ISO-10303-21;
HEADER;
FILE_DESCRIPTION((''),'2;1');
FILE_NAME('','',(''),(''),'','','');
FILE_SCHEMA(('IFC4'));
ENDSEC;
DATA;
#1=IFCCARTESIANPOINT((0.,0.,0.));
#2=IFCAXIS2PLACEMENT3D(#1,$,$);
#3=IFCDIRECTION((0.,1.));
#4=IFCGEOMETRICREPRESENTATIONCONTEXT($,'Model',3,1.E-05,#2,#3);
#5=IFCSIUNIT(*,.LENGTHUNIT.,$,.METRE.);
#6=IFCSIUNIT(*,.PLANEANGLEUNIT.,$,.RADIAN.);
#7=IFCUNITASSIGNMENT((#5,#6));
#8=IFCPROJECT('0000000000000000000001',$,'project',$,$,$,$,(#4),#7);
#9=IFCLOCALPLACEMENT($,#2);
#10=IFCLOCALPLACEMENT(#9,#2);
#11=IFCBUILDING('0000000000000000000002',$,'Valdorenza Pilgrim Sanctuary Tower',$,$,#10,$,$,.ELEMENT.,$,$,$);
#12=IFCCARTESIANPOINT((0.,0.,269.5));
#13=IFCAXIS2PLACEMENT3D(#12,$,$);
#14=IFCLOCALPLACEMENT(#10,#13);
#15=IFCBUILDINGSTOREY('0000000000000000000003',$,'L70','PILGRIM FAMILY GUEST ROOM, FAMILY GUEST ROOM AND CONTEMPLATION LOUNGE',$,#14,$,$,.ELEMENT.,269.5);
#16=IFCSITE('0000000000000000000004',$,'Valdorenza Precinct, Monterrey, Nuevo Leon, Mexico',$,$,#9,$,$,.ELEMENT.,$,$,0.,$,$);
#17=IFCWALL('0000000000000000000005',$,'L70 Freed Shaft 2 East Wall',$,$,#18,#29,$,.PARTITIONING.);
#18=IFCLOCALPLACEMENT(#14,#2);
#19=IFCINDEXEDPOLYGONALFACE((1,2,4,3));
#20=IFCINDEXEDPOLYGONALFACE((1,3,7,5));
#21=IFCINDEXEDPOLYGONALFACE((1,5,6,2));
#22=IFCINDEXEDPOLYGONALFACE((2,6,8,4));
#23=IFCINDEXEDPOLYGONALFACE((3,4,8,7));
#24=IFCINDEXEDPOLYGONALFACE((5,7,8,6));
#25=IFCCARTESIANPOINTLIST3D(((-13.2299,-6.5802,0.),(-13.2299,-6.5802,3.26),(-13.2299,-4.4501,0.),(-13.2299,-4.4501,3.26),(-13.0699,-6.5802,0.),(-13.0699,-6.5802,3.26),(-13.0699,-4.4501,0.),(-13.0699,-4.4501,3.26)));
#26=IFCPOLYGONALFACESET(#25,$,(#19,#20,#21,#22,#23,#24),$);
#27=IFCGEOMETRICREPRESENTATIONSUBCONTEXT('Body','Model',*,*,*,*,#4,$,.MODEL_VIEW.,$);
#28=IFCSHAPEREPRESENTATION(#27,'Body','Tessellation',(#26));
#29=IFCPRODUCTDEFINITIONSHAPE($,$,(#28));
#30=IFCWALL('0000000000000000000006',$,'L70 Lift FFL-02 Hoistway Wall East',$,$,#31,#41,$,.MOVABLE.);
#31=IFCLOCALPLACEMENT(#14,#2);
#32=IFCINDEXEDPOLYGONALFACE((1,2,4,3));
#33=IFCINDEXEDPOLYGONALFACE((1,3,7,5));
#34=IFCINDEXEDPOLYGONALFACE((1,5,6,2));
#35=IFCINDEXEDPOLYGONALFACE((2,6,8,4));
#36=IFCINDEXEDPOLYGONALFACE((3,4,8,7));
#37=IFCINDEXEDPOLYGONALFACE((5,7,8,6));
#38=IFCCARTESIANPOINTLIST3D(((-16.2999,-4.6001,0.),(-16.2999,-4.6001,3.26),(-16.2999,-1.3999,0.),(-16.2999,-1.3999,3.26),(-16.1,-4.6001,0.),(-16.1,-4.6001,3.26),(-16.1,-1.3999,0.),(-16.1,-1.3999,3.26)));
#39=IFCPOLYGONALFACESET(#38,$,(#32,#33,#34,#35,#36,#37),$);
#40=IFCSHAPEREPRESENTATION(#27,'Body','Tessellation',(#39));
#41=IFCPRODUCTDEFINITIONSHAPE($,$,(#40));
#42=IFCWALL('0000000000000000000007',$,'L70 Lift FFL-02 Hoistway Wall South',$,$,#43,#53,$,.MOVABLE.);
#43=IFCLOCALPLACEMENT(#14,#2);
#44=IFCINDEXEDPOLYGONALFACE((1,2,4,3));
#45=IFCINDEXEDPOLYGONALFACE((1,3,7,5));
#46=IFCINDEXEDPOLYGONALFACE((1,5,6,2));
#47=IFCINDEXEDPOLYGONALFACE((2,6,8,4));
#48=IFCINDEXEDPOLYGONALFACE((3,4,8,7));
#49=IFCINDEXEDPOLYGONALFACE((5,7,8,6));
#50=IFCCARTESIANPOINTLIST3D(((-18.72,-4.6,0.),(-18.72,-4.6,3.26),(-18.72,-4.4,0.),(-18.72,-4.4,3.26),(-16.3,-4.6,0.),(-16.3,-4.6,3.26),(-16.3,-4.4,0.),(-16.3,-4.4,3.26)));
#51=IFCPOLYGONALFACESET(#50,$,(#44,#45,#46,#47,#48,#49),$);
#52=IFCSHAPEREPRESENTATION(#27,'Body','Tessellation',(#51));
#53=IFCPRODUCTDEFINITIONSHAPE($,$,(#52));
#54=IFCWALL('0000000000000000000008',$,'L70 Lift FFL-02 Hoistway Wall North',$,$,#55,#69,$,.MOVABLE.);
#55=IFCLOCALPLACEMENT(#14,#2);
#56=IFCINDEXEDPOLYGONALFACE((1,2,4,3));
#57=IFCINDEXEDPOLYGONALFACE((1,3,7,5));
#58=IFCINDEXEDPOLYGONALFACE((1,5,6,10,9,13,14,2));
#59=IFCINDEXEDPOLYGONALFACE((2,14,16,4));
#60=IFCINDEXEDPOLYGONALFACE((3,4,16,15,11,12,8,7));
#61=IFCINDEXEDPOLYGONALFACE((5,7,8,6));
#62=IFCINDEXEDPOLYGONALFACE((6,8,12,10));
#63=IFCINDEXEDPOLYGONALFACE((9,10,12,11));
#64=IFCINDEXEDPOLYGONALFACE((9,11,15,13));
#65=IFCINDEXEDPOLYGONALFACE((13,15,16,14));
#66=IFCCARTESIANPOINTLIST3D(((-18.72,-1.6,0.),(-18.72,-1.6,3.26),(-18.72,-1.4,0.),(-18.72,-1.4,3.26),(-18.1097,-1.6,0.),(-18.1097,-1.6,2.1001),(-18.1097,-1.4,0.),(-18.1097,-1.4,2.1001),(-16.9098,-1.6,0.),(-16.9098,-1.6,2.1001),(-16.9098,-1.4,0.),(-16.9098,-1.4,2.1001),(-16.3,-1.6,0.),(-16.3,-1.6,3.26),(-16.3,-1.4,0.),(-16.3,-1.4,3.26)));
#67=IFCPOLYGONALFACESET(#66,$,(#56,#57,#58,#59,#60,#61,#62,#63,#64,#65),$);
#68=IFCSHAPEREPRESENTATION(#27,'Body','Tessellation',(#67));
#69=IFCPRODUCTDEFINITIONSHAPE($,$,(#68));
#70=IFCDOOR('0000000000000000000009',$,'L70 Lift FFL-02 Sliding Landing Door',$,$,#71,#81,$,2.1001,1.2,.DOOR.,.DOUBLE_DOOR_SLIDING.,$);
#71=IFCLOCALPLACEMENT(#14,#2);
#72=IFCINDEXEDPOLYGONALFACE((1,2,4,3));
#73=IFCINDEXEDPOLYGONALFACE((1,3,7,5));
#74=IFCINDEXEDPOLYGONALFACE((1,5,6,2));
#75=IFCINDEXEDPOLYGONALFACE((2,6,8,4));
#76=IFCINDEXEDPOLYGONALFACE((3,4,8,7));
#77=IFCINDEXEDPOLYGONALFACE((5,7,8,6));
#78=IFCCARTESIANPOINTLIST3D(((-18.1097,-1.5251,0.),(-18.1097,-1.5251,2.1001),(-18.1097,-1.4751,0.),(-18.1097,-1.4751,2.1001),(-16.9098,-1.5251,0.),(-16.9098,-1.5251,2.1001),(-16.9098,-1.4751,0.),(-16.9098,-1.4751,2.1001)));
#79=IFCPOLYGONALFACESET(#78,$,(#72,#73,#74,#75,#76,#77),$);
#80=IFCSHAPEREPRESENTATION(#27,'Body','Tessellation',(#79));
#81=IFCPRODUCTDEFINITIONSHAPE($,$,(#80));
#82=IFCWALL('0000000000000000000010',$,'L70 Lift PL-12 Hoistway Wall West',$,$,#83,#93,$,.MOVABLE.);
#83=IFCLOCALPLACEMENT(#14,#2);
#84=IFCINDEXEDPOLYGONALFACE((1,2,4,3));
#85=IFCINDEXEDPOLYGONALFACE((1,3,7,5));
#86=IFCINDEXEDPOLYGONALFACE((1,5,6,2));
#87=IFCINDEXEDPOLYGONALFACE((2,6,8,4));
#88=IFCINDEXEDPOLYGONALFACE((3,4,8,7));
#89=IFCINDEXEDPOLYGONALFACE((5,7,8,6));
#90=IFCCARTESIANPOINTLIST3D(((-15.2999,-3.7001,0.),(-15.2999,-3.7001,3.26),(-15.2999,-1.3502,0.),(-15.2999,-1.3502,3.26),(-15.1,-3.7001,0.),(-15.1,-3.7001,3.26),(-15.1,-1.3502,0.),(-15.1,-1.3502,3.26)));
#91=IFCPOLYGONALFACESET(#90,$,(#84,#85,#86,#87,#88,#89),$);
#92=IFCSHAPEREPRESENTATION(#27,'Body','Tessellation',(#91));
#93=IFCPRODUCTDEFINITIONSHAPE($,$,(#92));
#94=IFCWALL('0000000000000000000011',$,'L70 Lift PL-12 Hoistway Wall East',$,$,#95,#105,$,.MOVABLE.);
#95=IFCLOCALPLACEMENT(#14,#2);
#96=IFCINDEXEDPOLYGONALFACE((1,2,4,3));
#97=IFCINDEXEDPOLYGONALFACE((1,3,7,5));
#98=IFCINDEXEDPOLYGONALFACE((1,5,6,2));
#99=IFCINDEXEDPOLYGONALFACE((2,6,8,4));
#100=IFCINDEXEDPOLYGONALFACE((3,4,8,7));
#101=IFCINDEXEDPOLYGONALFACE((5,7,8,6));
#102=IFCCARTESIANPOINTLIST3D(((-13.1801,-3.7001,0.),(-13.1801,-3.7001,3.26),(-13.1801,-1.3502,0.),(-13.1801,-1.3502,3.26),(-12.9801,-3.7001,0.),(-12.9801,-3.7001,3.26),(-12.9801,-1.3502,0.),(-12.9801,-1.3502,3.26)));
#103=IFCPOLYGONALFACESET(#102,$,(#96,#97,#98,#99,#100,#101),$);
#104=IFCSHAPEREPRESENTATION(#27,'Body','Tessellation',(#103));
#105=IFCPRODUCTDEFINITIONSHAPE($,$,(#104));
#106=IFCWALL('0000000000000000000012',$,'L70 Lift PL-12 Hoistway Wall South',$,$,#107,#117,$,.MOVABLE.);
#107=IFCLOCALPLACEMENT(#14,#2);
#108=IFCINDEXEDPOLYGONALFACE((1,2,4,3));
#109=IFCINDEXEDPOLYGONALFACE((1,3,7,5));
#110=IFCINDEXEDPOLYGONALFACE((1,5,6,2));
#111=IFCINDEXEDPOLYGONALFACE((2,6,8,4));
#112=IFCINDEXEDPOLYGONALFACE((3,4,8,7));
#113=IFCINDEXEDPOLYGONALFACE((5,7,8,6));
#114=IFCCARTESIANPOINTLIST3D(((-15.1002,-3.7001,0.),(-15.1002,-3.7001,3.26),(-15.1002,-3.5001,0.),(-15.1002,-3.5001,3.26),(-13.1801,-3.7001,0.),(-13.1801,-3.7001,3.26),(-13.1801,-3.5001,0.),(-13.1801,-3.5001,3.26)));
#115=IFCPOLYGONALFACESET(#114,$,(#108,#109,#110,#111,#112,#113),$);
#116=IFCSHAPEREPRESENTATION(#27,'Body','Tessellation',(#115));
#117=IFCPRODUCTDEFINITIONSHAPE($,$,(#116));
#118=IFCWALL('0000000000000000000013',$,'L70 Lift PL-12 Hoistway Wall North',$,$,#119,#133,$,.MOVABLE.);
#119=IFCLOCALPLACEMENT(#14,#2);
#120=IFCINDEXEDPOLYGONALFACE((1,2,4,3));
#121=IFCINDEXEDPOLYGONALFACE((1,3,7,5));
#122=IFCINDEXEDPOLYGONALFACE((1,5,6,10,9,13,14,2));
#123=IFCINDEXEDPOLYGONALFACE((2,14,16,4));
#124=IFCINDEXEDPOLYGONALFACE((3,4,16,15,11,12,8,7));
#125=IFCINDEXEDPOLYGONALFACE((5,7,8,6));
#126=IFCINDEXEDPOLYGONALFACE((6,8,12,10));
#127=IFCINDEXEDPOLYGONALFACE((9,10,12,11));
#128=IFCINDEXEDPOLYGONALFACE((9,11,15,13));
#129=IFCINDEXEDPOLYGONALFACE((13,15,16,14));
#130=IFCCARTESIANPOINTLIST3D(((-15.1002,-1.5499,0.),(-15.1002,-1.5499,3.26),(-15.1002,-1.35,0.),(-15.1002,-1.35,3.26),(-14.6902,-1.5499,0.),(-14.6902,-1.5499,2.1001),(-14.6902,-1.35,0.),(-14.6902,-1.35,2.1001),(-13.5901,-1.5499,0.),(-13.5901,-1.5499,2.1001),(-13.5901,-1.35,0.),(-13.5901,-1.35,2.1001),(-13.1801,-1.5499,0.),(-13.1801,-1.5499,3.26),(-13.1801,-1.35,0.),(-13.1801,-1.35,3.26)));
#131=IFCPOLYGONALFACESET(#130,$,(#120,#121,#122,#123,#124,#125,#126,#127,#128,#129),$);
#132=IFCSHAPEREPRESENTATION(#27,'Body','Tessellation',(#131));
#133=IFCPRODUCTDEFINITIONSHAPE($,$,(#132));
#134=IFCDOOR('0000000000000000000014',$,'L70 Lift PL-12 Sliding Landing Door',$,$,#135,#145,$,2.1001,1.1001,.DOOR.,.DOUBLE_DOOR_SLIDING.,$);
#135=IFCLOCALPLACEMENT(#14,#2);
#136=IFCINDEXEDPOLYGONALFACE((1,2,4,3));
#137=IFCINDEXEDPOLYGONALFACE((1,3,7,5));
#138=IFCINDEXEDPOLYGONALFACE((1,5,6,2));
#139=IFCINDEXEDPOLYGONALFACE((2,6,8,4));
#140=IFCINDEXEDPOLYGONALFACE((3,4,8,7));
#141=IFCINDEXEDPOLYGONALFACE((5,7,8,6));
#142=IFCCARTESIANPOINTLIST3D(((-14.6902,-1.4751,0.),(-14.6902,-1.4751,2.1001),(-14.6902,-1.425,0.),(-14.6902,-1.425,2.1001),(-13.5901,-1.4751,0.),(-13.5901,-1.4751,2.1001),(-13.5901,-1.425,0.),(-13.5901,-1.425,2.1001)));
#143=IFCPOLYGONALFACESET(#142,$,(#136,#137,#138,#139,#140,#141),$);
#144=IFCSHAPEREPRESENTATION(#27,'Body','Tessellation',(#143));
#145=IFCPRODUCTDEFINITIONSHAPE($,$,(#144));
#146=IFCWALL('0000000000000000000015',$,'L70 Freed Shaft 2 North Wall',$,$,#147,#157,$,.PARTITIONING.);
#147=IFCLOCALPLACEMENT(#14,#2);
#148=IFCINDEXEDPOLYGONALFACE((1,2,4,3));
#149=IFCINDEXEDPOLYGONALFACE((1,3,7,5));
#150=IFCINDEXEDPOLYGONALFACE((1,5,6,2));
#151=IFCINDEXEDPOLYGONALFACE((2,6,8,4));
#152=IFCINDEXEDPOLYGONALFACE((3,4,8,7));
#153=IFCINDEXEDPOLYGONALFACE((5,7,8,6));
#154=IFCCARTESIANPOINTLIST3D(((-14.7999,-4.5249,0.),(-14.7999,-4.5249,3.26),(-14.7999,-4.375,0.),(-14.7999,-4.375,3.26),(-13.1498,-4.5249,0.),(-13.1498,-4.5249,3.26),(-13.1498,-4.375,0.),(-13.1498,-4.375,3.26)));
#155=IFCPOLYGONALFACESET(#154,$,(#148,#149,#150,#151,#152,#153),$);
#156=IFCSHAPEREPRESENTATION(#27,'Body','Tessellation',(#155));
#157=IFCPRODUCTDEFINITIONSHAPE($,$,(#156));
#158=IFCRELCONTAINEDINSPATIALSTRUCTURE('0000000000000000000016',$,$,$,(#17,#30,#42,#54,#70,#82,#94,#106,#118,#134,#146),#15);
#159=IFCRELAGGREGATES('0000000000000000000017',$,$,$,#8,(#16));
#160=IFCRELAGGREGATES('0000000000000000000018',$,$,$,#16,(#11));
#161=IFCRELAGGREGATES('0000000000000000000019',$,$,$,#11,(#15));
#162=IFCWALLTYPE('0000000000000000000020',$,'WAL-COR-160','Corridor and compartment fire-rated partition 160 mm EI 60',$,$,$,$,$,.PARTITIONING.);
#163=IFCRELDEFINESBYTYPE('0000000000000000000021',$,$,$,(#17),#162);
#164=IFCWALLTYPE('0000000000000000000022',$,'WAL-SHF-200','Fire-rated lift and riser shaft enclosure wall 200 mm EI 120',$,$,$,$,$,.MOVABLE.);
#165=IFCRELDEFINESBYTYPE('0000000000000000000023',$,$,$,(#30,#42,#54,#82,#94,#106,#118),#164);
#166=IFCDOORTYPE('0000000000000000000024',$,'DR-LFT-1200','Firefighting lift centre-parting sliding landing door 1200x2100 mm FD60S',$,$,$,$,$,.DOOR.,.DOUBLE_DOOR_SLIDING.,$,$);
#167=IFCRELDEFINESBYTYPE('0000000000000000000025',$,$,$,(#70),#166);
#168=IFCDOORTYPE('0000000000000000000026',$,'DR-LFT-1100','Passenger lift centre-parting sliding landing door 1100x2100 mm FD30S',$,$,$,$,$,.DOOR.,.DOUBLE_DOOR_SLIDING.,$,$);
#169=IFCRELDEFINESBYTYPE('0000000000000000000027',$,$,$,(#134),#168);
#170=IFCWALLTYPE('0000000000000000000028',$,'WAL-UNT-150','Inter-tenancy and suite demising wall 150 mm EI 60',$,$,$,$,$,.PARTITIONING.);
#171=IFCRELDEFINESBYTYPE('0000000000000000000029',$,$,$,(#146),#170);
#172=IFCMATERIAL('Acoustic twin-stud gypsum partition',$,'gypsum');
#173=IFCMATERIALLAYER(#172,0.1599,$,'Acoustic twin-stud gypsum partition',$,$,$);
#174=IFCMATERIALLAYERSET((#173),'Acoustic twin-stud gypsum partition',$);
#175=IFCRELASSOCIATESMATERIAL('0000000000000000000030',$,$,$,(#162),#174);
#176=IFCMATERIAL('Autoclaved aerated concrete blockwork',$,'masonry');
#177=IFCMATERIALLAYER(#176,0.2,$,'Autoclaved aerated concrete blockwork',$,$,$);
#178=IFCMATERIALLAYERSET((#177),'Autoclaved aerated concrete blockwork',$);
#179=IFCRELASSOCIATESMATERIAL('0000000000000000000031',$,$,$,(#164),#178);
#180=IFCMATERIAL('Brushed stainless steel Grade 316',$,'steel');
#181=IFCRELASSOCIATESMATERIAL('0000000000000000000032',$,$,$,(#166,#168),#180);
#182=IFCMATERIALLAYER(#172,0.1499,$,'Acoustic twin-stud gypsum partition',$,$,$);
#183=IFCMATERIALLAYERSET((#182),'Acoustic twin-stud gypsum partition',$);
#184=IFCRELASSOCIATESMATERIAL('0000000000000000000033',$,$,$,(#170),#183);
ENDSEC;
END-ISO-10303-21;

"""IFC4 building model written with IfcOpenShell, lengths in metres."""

from ifc_helpers import new_model, si_unit, direction, frame, frame_2d, origin, place, context, subcontext, project, spatial, rectangle, extrude, material, layer, layer_set, type_object, element, fill, save


model = new_model("IFC4")

# Units and contexts
model_context = context("Model", 3, precision=1e-05, world=origin(), true_north=direction((0.0, 1.0)))
body_context = subcontext(model_context, "Body", "Model", "MODEL_VIEW")
ifc_project = project(units=[si_unit("LENGTHUNIT", "METRE"), si_unit("PLANEANGLEUNIT", "RADIAN")], contexts=[model_context])

# Site, building, storey
site_placement = place(None, origin())
site = spatial("IfcSite", under=ifc_project, at=site_placement, Name="Valdorenza Precinct, Monterrey, Nuevo Leon, Mexico", CompositionType="ELEMENT", RefElevation=0.0)
building_placement = place(site_placement, origin())
building = spatial("IfcBuilding", under=site, at=building_placement, Name="Valdorenza Pilgrim Sanctuary Tower", CompositionType="ELEMENT")
storey_placement = place(building_placement, frame((0.0, 0.0, 269.5)))
storey = spatial("IfcBuildingStorey", under=building, at=storey_placement, Name="L70", Description="PILGRIM FAMILY GUEST ROOM, FAMILY GUEST ROOM AND CONTEMPLATION LOUNGE", CompositionType="ELEMENT", Elevation=269.5)

# Wall
ifc_material_1 = material(Name="Acoustic twin-stud gypsum partition", Category="gypsum")
ifc_layer_1 = layer(ifc_material_1, 0.1599, Name="Acoustic twin-stud gypsum partition")
ifc_layer_set_1 = layer_set([ifc_layer_1], Name="Acoustic twin-stud gypsum partition")
wall_type_1 = type_object("IfcWallType", Name="WAL-COR-160", Description="Corridor and compartment fire-rated partition 160 mm EI 60", PredefinedType="PARTITIONING", material=ifc_layer_set_1)
wall_1_placement = place(storey_placement, frame((-13.1499, -6.5801, 0.0), z_axis=(0.0, 0.0, 1.0), x_axis=(0.0, 1.0, 0.0)))
element("IfcWall", 1, at=wall_1_placement, inside=storey, type_object=wall_type_1, Name="L70 Freed Shaft 2 East Wall", PredefinedType="PARTITIONING", context=body_context, shape_type="SweptSolid", body=[
    extrude(rectangle(XDim=2.1301, YDim=0.1599, at=frame_2d((1.0649, 0.0))), origin(), (0.0, 0.0, 1.0), 3.26),
])

# Walls
ifc_material_2 = material(Name="Autoclaved aerated concrete blockwork", Category="masonry")
ifc_layer_2 = layer(ifc_material_2, 0.2, Name="Autoclaved aerated concrete blockwork")
ifc_layer_set_2 = layer_set([ifc_layer_2], Name="Autoclaved aerated concrete blockwork")
wall_type_2 = type_object("IfcWallType", Name="WAL-SHF-200", Description="Fire-rated lift and riser shaft enclosure wall 200 mm EI 120", PredefinedType="MOVABLE", material=ifc_layer_set_2)
wall_2_placement = place(storey_placement, frame((-16.2, -4.6001, 0.0), z_axis=(0.0, 0.0, 1.0), x_axis=(0.0, 1.0, 0.0)))
element("IfcWall", 2, at=wall_2_placement, inside=storey, type_object=wall_type_2, Name="L70 Lift FFL-02 Hoistway Wall East", PredefinedType="MOVABLE", context=body_context, shape_type="SweptSolid", body=[
    extrude(rectangle(XDim=3.2002, YDim=0.2, at=frame_2d((1.6001, 0.0))), origin(), (0.0, 0.0, 1.0), 3.26),
])
wall_3_placement = place(storey_placement, frame((-18.72, -4.5, 0.0), z_axis=(0.0, 0.0, 1.0), x_axis=(1.0, 0.0, 0.0)))
element("IfcWall", 3, at=wall_3_placement, inside=storey, type_object=wall_type_2, Name="L70 Lift FFL-02 Hoistway Wall South", PredefinedType="MOVABLE", context=body_context, shape_type="SweptSolid", body=[
    extrude(rectangle(XDim=2.4199, YDim=0.2, at=frame_2d((1.21, 0.0))), origin(), (0.0, 0.0, 1.0), 3.26),
])

# Wall, opening, door
wall_4_placement = place(storey_placement, frame((-18.72, -1.5, 0.0), z_axis=(0.0, 0.0, 1.0), x_axis=(1.0, 0.0, 0.0)))
wall_4 = element("IfcWall", 4, at=wall_4_placement, inside=storey, type_object=wall_type_2, Name="L70 Lift FFL-02 Hoistway Wall North", PredefinedType="MOVABLE", context=body_context, shape_type="SweptSolid", body=[
    extrude(rectangle(XDim=2.4199, YDim=0.2, at=frame_2d((1.21, 0.0))), origin(), (0.0, 0.0, 1.0), 3.26),
])
opening_1_placement = place(wall_4_placement, frame((0.6101, 0.0, 0.0)))
opening_1 = element("IfcOpeningElement", 5, at=opening_1_placement, cuts=wall_4, PredefinedType="OPENING", context=body_context, shape_type="SweptSolid", body=[
    extrude(rectangle(XDim=1.2, YDim=2.1001, at=frame_2d((0.6001, 1.05))), frame((0.0, 0.1147, 0.0), z_axis=(0.0, -1.0, 0.0), x_axis=(1.0, 0.0, 0.0)), (0.0, 0.0, 1.0), 0.2297),
])
ifc_material_3 = material(Name="Brushed stainless steel Grade 316", Category="steel")
door_type_1 = type_object("IfcDoorType", Name="DR-LFT-1200", Description="Firefighting lift centre-parting sliding landing door 1200x2100 mm FD60S", OperationType="DOUBLE_DOOR_SLIDING", PredefinedType="DOOR", material=ifc_material_3)
door_1_placement = place(opening_1_placement, origin())
door_1 = element("IfcDoor", 6, at=door_1_placement, inside=storey, type_object=door_type_1, Name="L70 Lift FFL-02 Sliding Landing Door", OperationType="DOUBLE_DOOR_SLIDING", OverallHeight=2.1001, OverallWidth=1.2, PredefinedType="DOOR", context=body_context, shape_type="SweptSolid", body=[
    extrude(rectangle(XDim=1.2, YDim=2.1001, at=frame_2d((0.6001, 1.05))), frame((0.0, 0.0249, 0.0), z_axis=(0.0, -1.0, 0.0), x_axis=(1.0, 0.0, 0.0)), (0.0, 0.0, 1.0), 0.05),
])
fill(opening_1, door_1)

# Walls
for number, where, z_axis, x_axis, name in (
    (7, (-15.2, -3.7, 0.0), (0.0, 0.0, 1.0), (0.0, 1.0, 0.0), "L70 Lift PL-12 Hoistway Wall West"),
    (8, (-13.0801, -3.7, 0.0), (0.0, 0.0, 1.0), (0.0, 1.0, 0.0), "L70 Lift PL-12 Hoistway Wall East"),
):
    element("IfcWall", number, at=place(storey_placement, frame(where, z_axis=z_axis, x_axis=x_axis)), inside=storey, type_object=wall_type_2, Name=name, PredefinedType="MOVABLE", context=body_context, shape_type="SweptSolid", body=[
        extrude(rectangle(XDim=2.3499, YDim=0.2, at=frame_2d((1.1748, 0.0))), origin(), (0.0, 0.0, 1.0), 3.26),
    ])
wall_5_placement = place(storey_placement, frame((-15.1001, -3.6001, 0.0), z_axis=(0.0, 0.0, 1.0), x_axis=(1.0, 0.0, 0.0)))
element("IfcWall", 9, at=wall_5_placement, inside=storey, type_object=wall_type_2, Name="L70 Lift PL-12 Hoistway Wall South", PredefinedType="MOVABLE", context=body_context, shape_type="SweptSolid", body=[
    extrude(rectangle(XDim=1.9202, YDim=0.2, at=frame_2d((0.96, 0.0))), origin(), (0.0, 0.0, 1.0), 3.26),
])

# Wall, opening, door
wall_6_placement = place(storey_placement, frame((-15.1001, -1.45, 0.0), z_axis=(0.0, 0.0, 1.0), x_axis=(1.0, 0.0, 0.0)))
wall_6 = element("IfcWall", 10, at=wall_6_placement, inside=storey, type_object=wall_type_2, Name="L70 Lift PL-12 Hoistway Wall North", PredefinedType="MOVABLE", context=body_context, shape_type="SweptSolid", body=[
    extrude(rectangle(XDim=1.9202, YDim=0.2, at=frame_2d((0.96, 0.0))), origin(), (0.0, 0.0, 1.0), 3.26),
])
opening_2_placement = place(wall_6_placement, frame((0.4099, 0.0, 0.0)))
opening_2 = element("IfcOpeningElement", 11, at=opening_2_placement, cuts=wall_6, PredefinedType="OPENING", context=body_context, shape_type="SweptSolid", body=[
    extrude(rectangle(XDim=1.1001, YDim=2.1001, at=frame_2d((0.55, 1.05))), frame((0.0, 0.1147, 0.0), z_axis=(0.0, -1.0, 0.0), x_axis=(1.0, 0.0, 0.0)), (0.0, 0.0, 1.0), 0.2297),
])
door_type_2 = type_object("IfcDoorType", Name="DR-LFT-1100", Description="Passenger lift centre-parting sliding landing door 1100x2100 mm FD30S", OperationType="DOUBLE_DOOR_SLIDING", PredefinedType="DOOR", material=ifc_material_3)
door_2_placement = place(opening_2_placement, origin())
door_2 = element("IfcDoor", 12, at=door_2_placement, inside=storey, type_object=door_type_2, Name="L70 Lift PL-12 Sliding Landing Door", OperationType="DOUBLE_DOOR_SLIDING", OverallHeight=2.1001, OverallWidth=1.1001, PredefinedType="DOOR", context=body_context, shape_type="SweptSolid", body=[
    extrude(rectangle(XDim=1.1001, YDim=2.1001, at=frame_2d((0.55, 1.05))), frame((0.0, 0.0249, 0.0), z_axis=(0.0, -1.0, 0.0), x_axis=(1.0, 0.0, 0.0)), (0.0, 0.0, 1.0), 0.05),
])
fill(opening_2, door_2)

# Wall
ifc_layer_3 = layer(ifc_material_1, 0.1499, Name="Acoustic twin-stud gypsum partition")
ifc_layer_set_3 = layer_set([ifc_layer_3], Name="Acoustic twin-stud gypsum partition")
wall_type_3 = type_object("IfcWallType", Name="WAL-UNT-150", Description="Inter-tenancy and suite demising wall 150 mm EI 60", PredefinedType="PARTITIONING", material=ifc_layer_set_3)
wall_7_placement = place(storey_placement, frame((-14.8, -4.45, 0.0), z_axis=(0.0, 0.0, 1.0), x_axis=(1.0, 0.0, 0.0)))
element("IfcWall", 13, at=wall_7_placement, inside=storey, type_object=wall_type_3, Name="L70 Freed Shaft 2 North Wall", PredefinedType="PARTITIONING", context=body_context, shape_type="SweptSolid", body=[
    extrude(rectangle(XDim=1.6501, YDim=0.1499, at=frame_2d((0.8252, 0.0))), origin(), (0.0, 0.0, 1.0), 3.26),
])

save(model, "model.ifc")
